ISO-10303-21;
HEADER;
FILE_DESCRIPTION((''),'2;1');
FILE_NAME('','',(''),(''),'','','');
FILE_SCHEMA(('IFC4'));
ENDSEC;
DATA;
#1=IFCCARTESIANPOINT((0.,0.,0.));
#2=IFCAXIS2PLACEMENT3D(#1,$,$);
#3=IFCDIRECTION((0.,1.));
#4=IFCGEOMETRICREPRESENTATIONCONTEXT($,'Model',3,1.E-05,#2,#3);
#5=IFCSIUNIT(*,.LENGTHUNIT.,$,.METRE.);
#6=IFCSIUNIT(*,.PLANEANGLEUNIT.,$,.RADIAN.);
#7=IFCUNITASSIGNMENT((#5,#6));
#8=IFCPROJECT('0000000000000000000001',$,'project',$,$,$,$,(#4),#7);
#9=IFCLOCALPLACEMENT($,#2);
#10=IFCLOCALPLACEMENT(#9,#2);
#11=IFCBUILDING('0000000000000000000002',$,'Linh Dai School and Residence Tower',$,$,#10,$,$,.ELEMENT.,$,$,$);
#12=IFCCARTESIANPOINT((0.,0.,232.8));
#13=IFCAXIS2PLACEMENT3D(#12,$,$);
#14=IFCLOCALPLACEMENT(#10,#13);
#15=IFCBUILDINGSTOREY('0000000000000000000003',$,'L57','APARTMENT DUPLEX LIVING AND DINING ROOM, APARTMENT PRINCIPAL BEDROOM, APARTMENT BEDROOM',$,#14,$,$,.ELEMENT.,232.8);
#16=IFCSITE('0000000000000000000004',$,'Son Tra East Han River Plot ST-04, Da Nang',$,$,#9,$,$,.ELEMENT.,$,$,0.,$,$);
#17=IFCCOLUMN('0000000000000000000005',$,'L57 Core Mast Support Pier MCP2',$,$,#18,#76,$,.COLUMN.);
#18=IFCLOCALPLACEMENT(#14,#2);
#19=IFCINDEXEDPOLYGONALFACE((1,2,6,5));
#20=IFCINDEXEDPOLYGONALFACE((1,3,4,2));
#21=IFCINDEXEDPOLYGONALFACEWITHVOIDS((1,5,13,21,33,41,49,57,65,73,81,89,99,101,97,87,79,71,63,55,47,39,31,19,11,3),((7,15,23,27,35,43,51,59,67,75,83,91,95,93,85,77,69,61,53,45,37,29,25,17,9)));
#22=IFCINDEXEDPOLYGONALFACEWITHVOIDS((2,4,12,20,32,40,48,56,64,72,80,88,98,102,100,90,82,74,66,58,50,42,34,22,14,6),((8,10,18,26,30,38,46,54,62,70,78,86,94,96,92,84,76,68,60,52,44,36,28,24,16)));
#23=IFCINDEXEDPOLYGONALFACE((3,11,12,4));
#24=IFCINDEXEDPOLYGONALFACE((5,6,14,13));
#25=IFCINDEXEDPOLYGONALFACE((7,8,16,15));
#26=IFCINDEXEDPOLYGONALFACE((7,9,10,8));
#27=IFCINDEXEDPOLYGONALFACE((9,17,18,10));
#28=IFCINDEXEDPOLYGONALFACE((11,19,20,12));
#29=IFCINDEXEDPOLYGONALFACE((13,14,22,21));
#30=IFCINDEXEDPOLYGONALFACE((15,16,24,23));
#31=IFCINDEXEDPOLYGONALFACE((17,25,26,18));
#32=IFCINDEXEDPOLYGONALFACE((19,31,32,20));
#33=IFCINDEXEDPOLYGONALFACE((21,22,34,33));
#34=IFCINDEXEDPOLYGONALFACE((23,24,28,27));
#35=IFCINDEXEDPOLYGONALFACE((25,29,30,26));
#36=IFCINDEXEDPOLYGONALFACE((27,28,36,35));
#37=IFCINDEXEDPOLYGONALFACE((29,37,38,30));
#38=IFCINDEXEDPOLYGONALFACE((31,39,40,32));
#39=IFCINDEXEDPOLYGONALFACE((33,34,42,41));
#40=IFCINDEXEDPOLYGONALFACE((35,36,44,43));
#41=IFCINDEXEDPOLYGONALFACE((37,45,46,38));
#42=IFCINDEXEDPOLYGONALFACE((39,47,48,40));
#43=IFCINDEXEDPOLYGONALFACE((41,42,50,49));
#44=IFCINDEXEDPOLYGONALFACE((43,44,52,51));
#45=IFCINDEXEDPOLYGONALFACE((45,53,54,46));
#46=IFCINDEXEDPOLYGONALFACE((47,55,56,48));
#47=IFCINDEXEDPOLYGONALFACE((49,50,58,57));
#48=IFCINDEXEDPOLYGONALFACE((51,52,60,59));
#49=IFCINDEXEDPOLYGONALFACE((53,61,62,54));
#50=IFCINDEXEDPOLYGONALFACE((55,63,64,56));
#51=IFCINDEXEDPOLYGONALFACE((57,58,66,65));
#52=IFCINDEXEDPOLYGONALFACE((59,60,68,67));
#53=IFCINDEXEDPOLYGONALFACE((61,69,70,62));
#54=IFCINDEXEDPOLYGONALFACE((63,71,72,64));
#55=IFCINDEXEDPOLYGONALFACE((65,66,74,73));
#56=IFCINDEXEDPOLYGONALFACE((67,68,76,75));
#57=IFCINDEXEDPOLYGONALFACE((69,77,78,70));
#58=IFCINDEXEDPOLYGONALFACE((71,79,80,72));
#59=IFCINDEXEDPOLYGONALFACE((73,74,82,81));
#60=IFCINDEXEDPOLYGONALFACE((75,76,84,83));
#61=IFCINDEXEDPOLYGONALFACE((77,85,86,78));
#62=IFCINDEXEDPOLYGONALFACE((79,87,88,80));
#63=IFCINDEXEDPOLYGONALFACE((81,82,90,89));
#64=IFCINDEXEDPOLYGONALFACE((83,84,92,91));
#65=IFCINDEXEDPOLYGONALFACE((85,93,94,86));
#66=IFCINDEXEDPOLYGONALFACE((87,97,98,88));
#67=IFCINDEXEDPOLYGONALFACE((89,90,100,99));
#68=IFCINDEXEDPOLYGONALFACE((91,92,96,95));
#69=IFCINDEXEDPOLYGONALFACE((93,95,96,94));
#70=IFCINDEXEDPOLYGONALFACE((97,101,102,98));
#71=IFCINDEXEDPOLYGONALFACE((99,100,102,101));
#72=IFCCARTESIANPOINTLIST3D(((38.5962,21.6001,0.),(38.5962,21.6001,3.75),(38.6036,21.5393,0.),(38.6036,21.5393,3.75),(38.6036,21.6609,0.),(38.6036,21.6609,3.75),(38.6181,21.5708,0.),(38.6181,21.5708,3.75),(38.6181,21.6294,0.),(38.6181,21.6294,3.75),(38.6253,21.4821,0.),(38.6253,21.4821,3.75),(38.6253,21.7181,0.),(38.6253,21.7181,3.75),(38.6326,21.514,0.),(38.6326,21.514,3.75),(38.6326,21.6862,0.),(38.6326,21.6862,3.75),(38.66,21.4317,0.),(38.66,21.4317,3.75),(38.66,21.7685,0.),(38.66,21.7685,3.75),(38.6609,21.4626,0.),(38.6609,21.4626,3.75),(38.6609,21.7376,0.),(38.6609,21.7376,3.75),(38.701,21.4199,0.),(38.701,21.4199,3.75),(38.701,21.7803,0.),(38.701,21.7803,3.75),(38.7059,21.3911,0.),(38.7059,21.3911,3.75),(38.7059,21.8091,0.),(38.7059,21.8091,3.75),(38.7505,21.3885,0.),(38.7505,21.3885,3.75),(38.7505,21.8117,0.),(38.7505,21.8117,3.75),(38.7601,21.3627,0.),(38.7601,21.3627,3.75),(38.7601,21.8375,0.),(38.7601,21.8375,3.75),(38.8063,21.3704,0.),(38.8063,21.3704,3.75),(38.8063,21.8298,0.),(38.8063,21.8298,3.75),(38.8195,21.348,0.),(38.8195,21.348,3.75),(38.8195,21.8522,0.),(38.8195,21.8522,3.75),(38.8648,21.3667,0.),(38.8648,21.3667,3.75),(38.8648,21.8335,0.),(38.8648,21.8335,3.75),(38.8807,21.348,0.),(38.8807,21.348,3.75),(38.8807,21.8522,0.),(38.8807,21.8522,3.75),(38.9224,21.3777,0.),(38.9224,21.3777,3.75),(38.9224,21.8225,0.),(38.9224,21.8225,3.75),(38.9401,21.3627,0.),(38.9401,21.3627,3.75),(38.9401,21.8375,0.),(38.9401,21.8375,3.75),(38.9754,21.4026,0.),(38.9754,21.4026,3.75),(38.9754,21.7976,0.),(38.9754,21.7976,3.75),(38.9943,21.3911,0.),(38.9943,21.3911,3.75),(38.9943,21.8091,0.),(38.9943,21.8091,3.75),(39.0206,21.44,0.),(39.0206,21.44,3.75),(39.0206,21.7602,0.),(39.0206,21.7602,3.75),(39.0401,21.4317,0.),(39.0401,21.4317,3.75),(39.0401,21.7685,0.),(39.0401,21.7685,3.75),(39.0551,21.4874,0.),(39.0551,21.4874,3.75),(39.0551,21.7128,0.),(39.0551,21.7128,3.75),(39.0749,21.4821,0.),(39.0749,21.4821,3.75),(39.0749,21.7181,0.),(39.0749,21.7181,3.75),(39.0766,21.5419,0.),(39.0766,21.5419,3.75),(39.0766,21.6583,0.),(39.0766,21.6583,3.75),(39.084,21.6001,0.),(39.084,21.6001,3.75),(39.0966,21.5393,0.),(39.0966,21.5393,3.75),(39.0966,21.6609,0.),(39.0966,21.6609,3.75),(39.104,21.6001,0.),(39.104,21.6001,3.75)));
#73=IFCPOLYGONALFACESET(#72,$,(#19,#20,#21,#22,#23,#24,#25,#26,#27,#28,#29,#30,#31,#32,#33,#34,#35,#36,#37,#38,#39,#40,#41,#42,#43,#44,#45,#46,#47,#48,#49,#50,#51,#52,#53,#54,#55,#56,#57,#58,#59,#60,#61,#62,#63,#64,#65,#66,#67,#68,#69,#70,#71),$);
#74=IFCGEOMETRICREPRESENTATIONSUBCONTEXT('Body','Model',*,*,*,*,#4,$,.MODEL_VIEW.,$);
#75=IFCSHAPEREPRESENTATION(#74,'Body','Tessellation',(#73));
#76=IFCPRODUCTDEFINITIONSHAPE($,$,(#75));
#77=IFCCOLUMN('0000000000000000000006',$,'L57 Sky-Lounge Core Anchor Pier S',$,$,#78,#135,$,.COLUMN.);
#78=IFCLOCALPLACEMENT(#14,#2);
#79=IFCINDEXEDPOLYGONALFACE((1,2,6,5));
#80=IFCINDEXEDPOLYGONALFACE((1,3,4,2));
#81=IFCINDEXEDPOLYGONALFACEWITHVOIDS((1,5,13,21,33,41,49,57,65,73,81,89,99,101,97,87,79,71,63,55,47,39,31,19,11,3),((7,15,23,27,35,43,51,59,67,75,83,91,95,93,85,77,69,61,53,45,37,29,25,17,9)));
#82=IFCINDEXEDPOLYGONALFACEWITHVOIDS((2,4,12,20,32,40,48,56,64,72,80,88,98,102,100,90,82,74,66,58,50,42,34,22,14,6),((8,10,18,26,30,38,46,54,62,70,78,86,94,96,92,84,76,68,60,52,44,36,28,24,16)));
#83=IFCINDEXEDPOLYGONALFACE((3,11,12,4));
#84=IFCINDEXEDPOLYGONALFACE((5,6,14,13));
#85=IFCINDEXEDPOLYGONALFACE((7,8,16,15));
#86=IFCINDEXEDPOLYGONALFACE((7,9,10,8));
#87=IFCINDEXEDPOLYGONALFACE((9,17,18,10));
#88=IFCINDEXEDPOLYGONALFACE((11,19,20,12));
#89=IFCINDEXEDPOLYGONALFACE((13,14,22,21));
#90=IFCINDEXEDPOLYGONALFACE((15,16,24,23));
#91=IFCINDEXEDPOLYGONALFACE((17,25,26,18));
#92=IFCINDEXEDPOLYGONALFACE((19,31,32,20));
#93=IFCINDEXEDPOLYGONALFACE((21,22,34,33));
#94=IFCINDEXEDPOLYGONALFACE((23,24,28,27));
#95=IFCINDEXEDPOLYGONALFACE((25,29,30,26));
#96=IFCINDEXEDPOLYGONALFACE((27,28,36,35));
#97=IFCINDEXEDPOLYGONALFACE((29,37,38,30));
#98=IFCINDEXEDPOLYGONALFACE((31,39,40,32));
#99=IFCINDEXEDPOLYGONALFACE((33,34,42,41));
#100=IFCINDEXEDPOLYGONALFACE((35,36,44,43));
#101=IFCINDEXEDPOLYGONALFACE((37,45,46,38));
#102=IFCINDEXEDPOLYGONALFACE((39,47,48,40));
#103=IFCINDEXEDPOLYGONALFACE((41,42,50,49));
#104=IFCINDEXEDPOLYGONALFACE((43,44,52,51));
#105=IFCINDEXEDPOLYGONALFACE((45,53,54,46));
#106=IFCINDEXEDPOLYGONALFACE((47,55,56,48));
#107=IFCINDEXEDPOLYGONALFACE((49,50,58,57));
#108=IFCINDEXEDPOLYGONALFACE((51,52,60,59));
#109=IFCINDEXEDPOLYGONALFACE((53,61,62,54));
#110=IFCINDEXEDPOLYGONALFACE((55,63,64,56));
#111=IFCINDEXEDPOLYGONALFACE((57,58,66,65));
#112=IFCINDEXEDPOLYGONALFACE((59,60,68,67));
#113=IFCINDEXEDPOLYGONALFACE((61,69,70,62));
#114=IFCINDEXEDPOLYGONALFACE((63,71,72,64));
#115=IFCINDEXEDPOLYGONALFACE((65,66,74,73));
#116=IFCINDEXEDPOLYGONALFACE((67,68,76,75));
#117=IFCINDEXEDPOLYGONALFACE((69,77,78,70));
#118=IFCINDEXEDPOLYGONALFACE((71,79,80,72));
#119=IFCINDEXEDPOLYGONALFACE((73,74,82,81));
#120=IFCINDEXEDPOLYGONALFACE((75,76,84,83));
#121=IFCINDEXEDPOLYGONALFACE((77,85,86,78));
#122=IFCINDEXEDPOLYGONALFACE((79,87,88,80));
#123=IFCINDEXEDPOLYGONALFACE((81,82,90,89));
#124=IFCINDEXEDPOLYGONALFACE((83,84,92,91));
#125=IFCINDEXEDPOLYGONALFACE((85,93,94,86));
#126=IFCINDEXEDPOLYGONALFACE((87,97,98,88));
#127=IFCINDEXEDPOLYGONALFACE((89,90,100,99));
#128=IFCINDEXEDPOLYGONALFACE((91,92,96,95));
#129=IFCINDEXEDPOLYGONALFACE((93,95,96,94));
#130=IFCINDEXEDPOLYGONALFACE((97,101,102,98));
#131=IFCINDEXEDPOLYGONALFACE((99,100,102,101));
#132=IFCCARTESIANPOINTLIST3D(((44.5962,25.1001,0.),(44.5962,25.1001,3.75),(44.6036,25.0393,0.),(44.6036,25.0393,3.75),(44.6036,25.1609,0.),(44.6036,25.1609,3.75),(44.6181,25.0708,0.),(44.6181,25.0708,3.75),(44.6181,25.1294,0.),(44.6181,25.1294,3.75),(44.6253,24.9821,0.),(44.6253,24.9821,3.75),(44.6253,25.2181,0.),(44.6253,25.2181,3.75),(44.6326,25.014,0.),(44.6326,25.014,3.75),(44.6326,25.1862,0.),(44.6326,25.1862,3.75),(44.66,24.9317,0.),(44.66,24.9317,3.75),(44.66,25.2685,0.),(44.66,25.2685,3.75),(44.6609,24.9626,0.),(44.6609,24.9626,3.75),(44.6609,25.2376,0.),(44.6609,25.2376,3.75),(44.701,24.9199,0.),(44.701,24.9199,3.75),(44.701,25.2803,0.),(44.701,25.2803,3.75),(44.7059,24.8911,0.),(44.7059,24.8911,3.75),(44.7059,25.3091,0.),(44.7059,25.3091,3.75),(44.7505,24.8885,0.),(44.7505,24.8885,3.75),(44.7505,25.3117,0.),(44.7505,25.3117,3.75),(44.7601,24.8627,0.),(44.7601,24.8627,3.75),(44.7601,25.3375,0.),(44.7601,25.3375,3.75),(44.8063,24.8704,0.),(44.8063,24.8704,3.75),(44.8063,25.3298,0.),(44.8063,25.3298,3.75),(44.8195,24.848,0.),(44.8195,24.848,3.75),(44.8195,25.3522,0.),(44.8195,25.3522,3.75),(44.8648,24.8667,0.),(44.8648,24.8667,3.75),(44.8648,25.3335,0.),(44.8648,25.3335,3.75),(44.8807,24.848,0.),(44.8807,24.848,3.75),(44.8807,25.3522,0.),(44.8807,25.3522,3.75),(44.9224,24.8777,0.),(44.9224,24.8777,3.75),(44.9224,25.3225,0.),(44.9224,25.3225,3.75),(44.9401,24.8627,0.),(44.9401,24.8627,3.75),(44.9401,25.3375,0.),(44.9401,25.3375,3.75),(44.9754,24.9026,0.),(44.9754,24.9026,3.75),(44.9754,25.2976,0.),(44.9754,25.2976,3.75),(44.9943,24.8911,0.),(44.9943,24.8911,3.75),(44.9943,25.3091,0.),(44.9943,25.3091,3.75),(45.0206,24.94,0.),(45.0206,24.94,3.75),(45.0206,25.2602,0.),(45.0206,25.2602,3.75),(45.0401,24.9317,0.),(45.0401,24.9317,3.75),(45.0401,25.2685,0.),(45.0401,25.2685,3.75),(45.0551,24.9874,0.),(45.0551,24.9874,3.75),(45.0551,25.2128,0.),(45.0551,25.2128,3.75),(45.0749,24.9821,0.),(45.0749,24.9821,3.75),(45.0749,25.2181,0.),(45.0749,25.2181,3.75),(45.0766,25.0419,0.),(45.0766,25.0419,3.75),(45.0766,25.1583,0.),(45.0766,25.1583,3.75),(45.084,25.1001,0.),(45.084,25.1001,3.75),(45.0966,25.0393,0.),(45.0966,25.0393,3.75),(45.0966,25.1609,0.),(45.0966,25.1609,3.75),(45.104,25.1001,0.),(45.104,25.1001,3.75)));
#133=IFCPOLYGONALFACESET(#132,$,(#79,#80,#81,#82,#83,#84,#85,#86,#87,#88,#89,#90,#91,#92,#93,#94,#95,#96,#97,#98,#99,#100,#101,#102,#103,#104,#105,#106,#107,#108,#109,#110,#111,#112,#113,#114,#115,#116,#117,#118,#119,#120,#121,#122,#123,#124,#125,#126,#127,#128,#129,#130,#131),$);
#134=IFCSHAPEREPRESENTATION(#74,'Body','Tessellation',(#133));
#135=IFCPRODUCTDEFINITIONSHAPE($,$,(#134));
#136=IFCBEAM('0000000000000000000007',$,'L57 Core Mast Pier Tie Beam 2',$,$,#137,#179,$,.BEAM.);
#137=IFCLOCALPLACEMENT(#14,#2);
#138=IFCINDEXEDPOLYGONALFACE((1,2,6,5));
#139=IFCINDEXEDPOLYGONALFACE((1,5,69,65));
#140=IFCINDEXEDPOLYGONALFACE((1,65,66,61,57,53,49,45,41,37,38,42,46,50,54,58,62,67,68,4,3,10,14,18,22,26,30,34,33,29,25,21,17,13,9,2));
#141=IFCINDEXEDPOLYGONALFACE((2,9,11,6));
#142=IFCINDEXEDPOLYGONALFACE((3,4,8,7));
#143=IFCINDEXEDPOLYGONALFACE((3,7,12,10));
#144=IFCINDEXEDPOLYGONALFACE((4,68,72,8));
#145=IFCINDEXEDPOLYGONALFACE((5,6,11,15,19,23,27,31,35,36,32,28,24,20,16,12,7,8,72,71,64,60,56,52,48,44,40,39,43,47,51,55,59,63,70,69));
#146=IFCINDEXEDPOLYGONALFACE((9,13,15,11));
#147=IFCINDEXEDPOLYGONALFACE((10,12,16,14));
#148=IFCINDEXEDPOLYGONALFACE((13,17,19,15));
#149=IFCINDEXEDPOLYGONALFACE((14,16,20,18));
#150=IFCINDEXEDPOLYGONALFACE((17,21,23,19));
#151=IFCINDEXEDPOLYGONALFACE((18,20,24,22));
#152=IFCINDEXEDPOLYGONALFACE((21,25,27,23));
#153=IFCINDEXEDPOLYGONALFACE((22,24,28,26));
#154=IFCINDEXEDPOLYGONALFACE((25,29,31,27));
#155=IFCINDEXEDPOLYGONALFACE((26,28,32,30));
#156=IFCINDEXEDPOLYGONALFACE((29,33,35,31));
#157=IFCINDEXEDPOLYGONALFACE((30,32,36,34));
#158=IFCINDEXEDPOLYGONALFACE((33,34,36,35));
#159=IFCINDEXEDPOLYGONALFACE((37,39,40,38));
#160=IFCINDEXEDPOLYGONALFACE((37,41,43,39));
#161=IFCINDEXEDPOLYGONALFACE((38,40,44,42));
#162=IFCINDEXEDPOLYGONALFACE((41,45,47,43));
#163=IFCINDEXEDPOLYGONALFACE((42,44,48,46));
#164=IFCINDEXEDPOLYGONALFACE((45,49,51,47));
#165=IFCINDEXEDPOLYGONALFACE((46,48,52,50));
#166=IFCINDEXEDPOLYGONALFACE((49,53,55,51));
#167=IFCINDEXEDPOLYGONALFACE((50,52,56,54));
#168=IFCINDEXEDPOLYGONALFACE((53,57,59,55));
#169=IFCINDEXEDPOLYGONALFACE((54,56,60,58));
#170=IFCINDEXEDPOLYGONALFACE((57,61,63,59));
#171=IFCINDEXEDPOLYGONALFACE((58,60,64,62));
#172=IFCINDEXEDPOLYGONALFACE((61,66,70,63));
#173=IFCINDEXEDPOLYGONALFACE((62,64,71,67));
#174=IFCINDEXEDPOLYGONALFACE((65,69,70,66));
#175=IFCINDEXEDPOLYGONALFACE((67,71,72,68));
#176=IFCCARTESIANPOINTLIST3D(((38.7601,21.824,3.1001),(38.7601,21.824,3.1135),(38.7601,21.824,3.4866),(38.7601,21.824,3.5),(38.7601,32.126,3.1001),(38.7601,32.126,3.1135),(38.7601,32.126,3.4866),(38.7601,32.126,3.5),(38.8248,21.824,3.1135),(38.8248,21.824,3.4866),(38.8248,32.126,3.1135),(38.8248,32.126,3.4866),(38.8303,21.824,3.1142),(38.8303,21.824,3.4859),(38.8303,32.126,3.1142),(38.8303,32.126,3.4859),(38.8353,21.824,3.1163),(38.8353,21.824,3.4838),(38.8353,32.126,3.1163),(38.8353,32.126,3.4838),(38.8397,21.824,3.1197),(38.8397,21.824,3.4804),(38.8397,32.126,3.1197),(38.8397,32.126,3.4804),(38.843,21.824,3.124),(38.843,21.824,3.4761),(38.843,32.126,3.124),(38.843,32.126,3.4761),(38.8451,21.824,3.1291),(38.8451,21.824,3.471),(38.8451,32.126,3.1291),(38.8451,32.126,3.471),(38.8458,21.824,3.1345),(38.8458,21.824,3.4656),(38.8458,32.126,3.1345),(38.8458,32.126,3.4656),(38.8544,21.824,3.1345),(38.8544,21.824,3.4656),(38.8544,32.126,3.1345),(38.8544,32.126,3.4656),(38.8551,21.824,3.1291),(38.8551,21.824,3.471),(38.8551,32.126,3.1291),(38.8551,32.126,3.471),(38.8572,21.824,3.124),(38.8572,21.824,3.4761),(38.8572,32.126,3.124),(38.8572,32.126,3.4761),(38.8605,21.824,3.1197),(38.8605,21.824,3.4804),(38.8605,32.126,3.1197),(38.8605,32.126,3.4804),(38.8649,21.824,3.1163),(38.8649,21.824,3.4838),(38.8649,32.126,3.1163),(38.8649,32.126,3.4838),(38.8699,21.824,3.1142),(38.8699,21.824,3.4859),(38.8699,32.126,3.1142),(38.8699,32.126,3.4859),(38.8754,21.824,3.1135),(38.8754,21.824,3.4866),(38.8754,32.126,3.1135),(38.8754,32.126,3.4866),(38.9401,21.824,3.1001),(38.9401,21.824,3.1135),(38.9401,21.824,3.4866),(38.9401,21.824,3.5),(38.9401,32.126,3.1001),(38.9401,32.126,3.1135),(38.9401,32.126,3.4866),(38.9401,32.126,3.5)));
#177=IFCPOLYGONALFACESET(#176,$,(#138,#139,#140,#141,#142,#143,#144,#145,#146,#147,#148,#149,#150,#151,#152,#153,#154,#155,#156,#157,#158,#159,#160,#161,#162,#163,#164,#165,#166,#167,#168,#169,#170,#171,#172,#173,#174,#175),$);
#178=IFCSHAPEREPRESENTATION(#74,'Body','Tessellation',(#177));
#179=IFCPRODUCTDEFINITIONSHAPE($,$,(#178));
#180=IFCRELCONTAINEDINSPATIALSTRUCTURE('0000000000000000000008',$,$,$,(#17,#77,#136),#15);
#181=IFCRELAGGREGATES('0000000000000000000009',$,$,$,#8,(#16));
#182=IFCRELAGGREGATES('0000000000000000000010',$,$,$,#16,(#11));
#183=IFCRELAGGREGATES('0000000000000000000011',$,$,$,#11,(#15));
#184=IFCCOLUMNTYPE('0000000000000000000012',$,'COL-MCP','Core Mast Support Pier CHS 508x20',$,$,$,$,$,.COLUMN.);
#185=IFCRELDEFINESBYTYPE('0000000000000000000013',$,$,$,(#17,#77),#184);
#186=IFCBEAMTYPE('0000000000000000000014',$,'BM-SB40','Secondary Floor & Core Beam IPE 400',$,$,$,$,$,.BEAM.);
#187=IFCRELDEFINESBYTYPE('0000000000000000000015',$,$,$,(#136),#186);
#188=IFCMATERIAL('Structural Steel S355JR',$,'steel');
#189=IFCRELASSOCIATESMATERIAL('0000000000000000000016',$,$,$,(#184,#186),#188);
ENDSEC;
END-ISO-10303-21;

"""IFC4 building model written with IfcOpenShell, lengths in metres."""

from ifc_helpers import new_model, si_unit, direction, frame, origin, origin_2d, place, context, subcontext, project, spatial, hollow_circle, i_section, extrude, material, material_profile, profile_set, type_object, element, save


model = new_model("IFC4")

# Units and contexts
model_context = context("Model", 3, precision=1e-05, world=origin(), true_north=direction((0.0, 1.0)))
body_context = subcontext(model_context, "Body", "Model", "MODEL_VIEW")
ifc_project = project(units=[si_unit("LENGTHUNIT", "METRE"), si_unit("PLANEANGLEUNIT", "RADIAN")], contexts=[model_context])

# Site, building, storey
site_placement = place(None, origin())
site = spatial("IfcSite", under=ifc_project, at=site_placement, Name="Son Tra East Han River Plot ST-04, Da Nang", CompositionType="ELEMENT", RefElevation=0.0)
building_placement = place(site_placement, origin())
building = spatial("IfcBuilding", under=site, at=building_placement, Name="Linh Dai School and Residence Tower", CompositionType="ELEMENT")
storey_placement = place(building_placement, frame((0.0, 0.0, 232.8)))
storey = spatial("IfcBuildingStorey", under=building, at=storey_placement, Name="L57", Description="APARTMENT DUPLEX LIVING AND DINING ROOM, APARTMENT PRINCIPAL BEDROOM, APARTMENT BEDROOM", CompositionType="ELEMENT", Elevation=232.8)

# Columns
ifc_material_1 = material(Name="Structural Steel S355JR", Category="steel")
ifc_material_profile_1 = material_profile(ifc_material_1, hollow_circle(Radius=0.2539, WallThickness=0.02, at=origin_2d()), Name="CHS 508x20")
ifc_profile_set_1 = profile_set([ifc_material_profile_1], Name="Structural Steel S355JR")
column_type_1 = type_object("IfcColumnType", Name="COL-MCP", Description="Core Mast Support Pier CHS 508x20", PredefinedType="COLUMN", material=ifc_profile_set_1)
for number, where, z_axis, x_axis, name in (
    (1, (38.8501, 21.6001, 0.0), (0.0, 0.0, 1.0), (1.0, 0.0, 0.0), "L57 Core Mast Support Pier MCP2"),
    (2, (44.8501, 25.1001, 0.0), (0.0, 0.0, 1.0), (1.0, 0.0, 0.0), "L57 Sky-Lounge Core Anchor Pier S"),
):
    element("IfcColumn", number, at=place(storey_placement, frame(where, z_axis=z_axis, x_axis=x_axis)), inside=storey, type_object=column_type_1, Name=name, PredefinedType="COLUMN", context=body_context, shape_type="SweptSolid", body=[
        extrude(hollow_circle(Radius=0.2539, WallThickness=0.02, at=origin_2d()), origin(), (0.0, 0.0, 1.0), 3.75),
    ])

# Beam
ifc_material_profile_2 = material_profile(ifc_material_1, i_section(OverallWidth=0.1799, OverallDepth=0.3999, WebThickness=0.0085, FlangeThickness=0.0134, FilletRadius=0.021, at=origin_2d()), Name="IPE 400")
ifc_profile_set_2 = profile_set([ifc_material_profile_2], Name="Structural Steel S355JR")
beam_type = type_object("IfcBeamType", Name="BM-SB40", Description="Secondary Floor & Core Beam IPE 400", PredefinedType="BEAM", material=ifc_profile_set_2)
beam_placement = place(storey_placement, frame((38.8501, 21.824, 3.3), z_axis=(0.0, 1.0, 0.0), x_axis=(-1.0, 0.0, 0.0)))
element("IfcBeam", 3, at=beam_placement, inside=storey, type_object=beam_type, Name="L57 Core Mast Pier Tie Beam 2", PredefinedType="BEAM", context=body_context, shape_type="SweptSolid", body=[
    extrude(i_section(OverallWidth=0.1799, OverallDepth=0.3999, WebThickness=0.0085, FlangeThickness=0.0134, FilletRadius=0.021, at=origin_2d()), origin(), (0.0, 0.0, 1.0), 10.302),
])

save(model, "model.ifc")
